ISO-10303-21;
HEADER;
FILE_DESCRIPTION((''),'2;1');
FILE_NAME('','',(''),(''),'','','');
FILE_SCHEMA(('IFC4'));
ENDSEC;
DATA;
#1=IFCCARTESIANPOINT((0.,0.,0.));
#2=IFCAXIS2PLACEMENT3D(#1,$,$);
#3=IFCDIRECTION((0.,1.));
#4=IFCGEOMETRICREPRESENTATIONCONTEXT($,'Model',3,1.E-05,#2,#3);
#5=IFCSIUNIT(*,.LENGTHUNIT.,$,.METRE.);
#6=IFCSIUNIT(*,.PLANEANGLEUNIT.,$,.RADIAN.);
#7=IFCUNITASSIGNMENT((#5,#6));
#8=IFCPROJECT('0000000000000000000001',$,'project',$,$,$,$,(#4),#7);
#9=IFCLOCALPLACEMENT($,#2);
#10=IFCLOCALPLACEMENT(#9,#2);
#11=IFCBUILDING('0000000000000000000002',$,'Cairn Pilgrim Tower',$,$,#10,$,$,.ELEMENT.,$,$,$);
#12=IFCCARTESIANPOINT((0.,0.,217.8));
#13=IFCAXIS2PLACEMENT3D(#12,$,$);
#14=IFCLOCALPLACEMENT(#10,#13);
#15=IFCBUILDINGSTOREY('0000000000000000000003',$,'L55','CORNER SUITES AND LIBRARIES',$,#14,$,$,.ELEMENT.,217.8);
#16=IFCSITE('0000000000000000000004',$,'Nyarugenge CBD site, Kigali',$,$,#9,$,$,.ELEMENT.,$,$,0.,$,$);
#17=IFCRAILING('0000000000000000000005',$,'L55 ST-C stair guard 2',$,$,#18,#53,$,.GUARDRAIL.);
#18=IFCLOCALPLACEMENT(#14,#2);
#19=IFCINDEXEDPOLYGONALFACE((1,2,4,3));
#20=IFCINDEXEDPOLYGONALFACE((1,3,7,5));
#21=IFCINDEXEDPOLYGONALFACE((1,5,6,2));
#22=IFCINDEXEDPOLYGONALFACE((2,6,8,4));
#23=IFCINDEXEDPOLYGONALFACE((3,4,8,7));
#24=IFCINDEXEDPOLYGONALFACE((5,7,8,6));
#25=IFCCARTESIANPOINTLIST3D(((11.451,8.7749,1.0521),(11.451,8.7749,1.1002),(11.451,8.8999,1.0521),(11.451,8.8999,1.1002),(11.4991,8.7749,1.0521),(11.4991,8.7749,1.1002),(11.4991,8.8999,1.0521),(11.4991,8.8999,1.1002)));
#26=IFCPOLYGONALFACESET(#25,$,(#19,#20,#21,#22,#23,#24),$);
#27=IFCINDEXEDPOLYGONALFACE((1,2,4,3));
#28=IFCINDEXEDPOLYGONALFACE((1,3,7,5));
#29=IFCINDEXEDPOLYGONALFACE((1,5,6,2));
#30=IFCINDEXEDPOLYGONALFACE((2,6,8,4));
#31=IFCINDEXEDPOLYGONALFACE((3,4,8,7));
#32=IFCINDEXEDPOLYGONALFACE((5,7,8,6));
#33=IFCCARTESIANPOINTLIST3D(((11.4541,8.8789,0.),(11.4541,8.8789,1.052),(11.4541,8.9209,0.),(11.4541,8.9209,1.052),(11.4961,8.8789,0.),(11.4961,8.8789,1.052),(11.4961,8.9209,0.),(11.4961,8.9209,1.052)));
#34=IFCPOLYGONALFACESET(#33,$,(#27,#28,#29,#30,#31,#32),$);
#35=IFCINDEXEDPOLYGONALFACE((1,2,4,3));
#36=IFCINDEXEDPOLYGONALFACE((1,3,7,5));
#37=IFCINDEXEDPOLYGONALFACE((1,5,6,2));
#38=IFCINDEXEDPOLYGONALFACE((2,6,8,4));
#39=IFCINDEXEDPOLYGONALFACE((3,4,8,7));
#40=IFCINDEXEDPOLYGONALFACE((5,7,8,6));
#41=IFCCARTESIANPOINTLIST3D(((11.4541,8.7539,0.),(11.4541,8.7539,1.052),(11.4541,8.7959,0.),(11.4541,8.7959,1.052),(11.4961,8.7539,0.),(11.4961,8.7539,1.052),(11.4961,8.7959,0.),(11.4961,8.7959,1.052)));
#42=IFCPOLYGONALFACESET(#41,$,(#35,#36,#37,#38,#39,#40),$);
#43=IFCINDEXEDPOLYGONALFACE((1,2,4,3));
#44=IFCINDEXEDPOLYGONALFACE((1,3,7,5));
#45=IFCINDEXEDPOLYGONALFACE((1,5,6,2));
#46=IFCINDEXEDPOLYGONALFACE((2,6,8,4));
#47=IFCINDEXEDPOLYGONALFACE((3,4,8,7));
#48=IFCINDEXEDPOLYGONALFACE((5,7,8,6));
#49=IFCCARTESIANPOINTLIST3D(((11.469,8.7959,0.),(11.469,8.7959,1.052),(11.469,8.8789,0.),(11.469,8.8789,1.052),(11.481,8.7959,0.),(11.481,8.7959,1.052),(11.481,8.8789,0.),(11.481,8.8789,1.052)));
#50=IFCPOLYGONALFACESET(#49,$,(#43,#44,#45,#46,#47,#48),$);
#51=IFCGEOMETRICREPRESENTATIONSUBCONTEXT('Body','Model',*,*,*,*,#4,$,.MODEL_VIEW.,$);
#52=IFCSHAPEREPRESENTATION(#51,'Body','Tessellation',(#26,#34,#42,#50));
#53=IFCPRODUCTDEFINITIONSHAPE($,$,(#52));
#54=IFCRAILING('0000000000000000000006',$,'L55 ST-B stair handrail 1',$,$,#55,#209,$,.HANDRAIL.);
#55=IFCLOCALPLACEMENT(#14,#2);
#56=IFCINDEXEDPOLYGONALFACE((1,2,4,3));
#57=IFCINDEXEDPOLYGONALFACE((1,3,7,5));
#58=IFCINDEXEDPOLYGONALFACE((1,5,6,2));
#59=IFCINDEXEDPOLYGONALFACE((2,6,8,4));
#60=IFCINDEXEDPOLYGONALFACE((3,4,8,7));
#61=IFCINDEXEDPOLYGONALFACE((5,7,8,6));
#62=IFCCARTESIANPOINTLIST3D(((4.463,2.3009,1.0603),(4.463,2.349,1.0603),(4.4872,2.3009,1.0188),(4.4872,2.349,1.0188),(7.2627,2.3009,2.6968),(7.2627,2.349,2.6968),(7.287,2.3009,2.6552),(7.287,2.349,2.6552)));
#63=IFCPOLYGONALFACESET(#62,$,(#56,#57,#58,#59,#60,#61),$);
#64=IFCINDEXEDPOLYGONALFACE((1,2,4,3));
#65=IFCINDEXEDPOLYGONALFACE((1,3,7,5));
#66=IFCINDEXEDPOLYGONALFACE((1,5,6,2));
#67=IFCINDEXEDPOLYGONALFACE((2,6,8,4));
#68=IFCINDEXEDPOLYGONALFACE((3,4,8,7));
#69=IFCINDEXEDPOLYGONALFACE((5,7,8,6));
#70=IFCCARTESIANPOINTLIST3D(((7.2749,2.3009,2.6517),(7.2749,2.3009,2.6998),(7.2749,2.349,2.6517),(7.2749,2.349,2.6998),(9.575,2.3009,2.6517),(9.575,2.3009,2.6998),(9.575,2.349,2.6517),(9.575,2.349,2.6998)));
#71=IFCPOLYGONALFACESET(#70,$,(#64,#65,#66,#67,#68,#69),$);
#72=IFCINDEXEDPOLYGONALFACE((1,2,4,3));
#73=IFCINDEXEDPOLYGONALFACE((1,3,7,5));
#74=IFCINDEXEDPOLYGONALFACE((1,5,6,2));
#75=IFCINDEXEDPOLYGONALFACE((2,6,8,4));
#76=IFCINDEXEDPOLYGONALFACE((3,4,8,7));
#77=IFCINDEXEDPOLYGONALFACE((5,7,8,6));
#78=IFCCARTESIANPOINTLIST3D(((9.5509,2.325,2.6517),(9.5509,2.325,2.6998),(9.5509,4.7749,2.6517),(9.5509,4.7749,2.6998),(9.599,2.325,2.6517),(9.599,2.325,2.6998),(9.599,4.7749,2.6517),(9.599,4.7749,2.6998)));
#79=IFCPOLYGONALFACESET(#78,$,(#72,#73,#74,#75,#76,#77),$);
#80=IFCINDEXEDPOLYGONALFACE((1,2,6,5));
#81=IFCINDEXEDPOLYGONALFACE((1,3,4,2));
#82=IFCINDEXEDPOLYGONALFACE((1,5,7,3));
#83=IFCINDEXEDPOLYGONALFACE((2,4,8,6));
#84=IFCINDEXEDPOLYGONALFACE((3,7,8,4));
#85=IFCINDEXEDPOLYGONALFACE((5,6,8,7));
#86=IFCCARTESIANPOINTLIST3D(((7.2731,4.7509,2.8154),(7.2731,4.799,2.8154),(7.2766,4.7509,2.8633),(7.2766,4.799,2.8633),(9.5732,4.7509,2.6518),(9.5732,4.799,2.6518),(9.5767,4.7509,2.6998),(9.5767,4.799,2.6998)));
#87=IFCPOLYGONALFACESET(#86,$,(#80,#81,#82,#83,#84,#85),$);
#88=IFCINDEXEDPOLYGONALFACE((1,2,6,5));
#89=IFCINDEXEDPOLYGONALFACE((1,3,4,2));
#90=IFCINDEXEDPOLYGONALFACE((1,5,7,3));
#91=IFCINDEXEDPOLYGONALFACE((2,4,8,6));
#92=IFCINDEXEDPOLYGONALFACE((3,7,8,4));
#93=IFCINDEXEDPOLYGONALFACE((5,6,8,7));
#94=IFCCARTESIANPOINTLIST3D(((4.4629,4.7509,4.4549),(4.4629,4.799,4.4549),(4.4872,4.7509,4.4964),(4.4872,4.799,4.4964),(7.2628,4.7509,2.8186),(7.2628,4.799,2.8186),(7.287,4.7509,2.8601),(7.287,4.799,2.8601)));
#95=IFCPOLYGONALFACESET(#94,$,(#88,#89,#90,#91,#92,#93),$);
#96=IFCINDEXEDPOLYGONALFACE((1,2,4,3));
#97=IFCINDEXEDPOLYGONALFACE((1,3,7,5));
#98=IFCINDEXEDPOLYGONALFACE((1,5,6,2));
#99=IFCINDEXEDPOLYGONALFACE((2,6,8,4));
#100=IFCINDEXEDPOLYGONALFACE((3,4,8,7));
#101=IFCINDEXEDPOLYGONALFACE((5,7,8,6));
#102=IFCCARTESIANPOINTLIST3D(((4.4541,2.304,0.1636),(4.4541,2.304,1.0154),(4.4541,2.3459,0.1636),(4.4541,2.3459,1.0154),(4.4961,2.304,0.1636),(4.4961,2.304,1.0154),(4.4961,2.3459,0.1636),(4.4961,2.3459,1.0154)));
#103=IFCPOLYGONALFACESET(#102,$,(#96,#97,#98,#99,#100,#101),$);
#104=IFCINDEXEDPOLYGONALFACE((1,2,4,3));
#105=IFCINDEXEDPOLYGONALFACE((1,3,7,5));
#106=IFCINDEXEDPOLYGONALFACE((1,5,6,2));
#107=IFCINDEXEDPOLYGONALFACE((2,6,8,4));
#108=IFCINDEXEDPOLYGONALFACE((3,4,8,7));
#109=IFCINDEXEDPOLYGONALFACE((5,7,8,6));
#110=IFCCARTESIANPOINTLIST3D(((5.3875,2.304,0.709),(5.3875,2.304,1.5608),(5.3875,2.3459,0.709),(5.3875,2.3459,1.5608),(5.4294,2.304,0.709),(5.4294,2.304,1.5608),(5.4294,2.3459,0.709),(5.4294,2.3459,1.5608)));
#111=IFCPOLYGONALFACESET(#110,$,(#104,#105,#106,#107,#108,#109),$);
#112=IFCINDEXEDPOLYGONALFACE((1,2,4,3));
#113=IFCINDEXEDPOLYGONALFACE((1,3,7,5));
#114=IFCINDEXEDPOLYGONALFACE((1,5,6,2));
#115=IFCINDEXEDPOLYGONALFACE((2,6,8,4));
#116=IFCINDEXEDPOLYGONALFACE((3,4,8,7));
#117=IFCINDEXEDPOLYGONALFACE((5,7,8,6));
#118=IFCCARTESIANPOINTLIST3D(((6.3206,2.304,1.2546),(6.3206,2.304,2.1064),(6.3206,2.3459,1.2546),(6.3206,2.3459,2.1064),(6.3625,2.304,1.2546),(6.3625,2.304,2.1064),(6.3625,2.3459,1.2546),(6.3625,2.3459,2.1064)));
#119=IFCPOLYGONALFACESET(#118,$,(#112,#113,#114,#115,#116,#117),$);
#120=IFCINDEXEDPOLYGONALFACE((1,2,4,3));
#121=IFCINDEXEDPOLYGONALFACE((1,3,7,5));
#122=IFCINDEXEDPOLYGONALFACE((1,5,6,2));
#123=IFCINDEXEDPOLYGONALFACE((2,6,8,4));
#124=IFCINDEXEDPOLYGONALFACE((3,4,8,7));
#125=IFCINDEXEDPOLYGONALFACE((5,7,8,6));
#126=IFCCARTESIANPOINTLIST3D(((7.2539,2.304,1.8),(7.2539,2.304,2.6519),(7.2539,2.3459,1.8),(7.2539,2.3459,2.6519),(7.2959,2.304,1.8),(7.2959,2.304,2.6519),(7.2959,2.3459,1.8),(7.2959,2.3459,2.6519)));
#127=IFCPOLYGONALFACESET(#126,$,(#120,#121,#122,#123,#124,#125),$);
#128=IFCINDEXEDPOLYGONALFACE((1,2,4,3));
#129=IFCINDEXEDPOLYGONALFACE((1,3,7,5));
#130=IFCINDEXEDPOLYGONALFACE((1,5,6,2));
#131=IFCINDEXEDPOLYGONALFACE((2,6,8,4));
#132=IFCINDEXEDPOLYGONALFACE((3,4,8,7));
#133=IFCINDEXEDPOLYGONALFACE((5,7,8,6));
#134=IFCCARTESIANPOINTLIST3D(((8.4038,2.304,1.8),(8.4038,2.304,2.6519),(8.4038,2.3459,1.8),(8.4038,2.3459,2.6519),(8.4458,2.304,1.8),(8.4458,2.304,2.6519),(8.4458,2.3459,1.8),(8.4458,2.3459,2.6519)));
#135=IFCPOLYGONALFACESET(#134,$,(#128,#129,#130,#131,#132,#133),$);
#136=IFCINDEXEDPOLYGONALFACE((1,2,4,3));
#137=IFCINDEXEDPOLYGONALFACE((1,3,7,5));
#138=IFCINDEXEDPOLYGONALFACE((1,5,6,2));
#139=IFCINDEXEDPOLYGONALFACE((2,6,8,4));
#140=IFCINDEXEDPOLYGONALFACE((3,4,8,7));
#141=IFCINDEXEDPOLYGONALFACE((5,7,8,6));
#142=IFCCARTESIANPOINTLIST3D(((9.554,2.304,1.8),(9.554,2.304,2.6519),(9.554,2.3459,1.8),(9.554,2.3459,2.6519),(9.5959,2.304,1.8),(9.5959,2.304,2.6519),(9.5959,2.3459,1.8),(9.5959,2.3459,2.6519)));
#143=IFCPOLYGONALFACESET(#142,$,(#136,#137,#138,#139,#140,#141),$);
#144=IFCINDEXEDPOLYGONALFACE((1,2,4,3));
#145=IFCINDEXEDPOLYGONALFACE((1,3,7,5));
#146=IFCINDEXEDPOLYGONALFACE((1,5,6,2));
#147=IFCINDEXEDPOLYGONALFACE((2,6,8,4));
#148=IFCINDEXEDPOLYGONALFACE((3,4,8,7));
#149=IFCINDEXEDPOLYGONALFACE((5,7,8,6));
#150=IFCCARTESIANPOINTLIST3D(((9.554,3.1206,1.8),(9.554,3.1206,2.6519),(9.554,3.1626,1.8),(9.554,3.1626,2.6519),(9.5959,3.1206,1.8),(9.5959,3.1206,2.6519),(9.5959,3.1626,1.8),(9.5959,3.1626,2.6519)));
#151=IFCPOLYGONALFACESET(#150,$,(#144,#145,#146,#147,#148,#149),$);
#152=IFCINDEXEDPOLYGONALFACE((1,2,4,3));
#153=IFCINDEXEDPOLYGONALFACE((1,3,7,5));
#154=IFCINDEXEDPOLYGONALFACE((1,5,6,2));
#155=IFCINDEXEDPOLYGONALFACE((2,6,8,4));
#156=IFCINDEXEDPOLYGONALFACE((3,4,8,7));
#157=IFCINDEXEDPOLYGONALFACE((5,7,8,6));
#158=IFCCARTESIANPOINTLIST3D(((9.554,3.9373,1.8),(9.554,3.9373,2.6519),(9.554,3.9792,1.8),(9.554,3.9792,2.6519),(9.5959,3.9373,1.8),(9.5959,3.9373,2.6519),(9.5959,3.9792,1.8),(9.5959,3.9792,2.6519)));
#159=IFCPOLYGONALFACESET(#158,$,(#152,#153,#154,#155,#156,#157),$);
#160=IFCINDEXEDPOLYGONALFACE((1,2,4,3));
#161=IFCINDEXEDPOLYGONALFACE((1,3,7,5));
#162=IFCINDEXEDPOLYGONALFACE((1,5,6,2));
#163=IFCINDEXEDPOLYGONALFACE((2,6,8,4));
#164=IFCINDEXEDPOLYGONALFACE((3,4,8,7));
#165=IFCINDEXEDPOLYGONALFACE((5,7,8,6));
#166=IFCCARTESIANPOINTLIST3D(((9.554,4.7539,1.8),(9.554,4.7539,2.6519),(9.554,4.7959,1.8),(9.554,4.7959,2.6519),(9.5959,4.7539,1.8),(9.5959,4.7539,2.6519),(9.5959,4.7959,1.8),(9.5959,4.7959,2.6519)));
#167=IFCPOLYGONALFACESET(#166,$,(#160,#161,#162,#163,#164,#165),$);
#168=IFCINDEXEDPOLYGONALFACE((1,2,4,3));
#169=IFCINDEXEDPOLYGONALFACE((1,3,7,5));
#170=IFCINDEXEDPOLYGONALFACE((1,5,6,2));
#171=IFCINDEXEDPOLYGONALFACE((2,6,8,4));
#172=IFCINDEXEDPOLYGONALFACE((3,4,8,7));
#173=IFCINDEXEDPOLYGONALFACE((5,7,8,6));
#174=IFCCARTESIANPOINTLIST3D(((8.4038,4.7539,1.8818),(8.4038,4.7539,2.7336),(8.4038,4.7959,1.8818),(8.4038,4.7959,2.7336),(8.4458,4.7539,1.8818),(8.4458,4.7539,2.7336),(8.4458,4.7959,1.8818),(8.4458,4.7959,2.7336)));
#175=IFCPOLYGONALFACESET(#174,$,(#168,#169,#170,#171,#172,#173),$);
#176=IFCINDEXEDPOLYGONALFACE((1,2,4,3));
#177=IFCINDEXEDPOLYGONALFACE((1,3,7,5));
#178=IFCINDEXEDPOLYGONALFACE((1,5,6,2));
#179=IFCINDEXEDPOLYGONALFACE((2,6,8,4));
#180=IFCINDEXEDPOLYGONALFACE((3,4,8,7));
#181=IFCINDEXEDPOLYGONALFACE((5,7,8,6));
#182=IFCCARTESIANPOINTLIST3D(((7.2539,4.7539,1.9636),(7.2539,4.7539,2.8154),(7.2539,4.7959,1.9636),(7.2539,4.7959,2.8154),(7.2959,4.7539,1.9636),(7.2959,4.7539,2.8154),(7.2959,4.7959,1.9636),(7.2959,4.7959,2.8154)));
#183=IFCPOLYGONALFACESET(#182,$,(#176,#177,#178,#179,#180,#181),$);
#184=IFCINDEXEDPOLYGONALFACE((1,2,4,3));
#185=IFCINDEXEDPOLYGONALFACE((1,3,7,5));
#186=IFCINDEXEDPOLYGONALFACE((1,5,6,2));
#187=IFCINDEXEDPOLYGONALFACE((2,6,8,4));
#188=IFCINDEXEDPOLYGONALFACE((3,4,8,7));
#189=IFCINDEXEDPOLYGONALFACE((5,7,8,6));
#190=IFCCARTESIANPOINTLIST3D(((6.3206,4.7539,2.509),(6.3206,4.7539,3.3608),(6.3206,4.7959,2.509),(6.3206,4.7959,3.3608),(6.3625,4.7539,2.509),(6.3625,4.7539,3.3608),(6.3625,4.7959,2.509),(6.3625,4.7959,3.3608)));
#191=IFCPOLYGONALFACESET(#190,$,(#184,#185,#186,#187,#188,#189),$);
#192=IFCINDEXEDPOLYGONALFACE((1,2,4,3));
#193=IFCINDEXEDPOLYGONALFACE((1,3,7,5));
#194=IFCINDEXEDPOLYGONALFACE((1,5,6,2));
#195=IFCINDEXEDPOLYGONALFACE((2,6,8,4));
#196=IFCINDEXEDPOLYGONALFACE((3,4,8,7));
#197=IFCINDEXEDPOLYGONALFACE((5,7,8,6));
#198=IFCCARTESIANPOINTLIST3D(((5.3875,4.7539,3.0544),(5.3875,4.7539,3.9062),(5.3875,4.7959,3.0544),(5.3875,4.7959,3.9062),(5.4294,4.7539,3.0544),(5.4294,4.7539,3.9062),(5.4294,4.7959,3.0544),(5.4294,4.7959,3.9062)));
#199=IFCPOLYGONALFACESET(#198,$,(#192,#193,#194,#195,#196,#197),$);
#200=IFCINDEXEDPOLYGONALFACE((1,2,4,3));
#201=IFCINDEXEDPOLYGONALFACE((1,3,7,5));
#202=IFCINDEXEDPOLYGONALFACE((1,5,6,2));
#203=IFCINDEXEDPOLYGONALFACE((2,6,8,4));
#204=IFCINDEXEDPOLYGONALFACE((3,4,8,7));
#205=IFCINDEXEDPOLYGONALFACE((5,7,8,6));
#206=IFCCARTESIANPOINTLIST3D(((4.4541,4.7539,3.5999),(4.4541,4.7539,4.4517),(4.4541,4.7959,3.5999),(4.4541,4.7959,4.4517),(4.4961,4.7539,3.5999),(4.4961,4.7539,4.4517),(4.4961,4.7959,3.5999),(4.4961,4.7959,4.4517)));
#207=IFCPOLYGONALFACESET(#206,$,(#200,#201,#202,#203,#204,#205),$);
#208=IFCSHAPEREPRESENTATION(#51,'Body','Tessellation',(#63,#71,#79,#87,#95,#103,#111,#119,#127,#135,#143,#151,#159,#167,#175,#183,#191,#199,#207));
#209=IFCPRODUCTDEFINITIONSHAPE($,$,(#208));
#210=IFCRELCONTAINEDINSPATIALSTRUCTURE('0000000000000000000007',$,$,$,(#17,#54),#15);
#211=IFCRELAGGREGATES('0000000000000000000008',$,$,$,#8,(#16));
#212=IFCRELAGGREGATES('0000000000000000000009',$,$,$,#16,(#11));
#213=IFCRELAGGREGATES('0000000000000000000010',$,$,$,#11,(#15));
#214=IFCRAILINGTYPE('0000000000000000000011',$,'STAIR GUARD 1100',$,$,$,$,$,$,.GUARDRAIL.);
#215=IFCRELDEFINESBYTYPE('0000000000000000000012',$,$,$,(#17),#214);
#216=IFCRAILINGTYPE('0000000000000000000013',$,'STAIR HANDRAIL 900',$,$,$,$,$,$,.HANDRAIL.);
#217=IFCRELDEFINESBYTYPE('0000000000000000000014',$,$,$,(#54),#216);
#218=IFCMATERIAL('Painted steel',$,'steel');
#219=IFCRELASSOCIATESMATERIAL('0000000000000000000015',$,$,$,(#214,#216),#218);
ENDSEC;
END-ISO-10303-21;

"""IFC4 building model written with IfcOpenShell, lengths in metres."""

from ifc_helpers import new_model, si_unit, direction, frame, origin, origin_2d, place, context, subcontext, project, spatial, polyline, rectangle, outline, extrude, material, type_object, element, save


model = new_model("IFC4")

# Units and contexts
model_context = context("Model", 3, precision=1e-05, world=origin(), true_north=direction((0.0, 1.0)))
body_context = subcontext(model_context, "Body", "Model", "MODEL_VIEW")
ifc_project = project(units=[si_unit("LENGTHUNIT", "METRE"), si_unit("PLANEANGLEUNIT", "RADIAN")], contexts=[model_context])

# Site, building, storey
site_placement = place(None, origin())
site = spatial("IfcSite", under=ifc_project, at=site_placement, Name="Nyarugenge CBD site, Kigali", CompositionType="ELEMENT", RefElevation=0.0)
building_placement = place(site_placement, origin())
building = spatial("IfcBuilding", under=site, at=building_placement, Name="Cairn Pilgrim Tower", CompositionType="ELEMENT")
storey_placement = place(building_placement, frame((0.0, 0.0, 217.8)))
storey = spatial("IfcBuildingStorey", under=building, at=storey_placement, Name="L55", Description="CORNER SUITES AND LIBRARIES", CompositionType="ELEMENT", Elevation=217.8)

# Shared definitions
ifc_material_1 = material(Name="Painted steel", Category="steel")

# Railings
railing_type_1 = type_object("IfcRailingType", Name="STAIR GUARD 1100", PredefinedType="GUARDRAIL", material=ifc_material_1)
railing_1_placement = place(storey_placement, frame((11.4751, 8.8999, 0.0)))
element("IfcRailing", 1, at=railing_1_placement, inside=storey, type_object=railing_type_1, Name="L55 ST-C stair guard 2", PredefinedType="GUARDRAIL", context=body_context, shape_type="SweptSolid", body=[
    extrude(rectangle(XDim=0.0481, YDim=0.0481, at=origin_2d()), frame((0.0, 0.0, 1.0762), z_axis=(0.0, -1.0, 0.0), x_axis=(1.0, 0.0, 0.0)), (0.0, 0.0, 1.0), 0.125),
    extrude(rectangle(XDim=0.042, YDim=0.042, at=origin_2d()), origin(), (0.0, 0.0, 1.0), 1.052),
    extrude(rectangle(XDim=0.042, YDim=0.042, at=origin_2d()), frame((0.0, -0.125, 0.0)), (0.0, 0.0, 1.0), 1.052),
    extrude(outline(polyline([(0.021, 0.0), (0.104, 0.0), (0.104, 1.052), (0.021, 1.052), (0.021, 0.0)])), frame((0.0059, 0.0, 0.0), z_axis=(-1.0, 0.0, 0.0), x_axis=(0.0, -1.0, 0.0)), (0.0, 0.0, 1.0), 0.012),
])
railing_type_2 = type_object("IfcRailingType", Name="STAIR HANDRAIL 900", PredefinedType="HANDRAIL", material=ifc_material_1)
railing_2_placement = place(storey_placement, frame((4.4751, 2.325, 0.1636)))
element("IfcRailing", 2, at=railing_2_placement, inside=storey, type_object=railing_type_2, Name="L55 ST-B stair handrail 1", PredefinedType="HANDRAIL", context=body_context, shape_type="SweptSolid", body=[
    extrude(rectangle(XDim=0.0481, YDim=0.0481, at=origin_2d()), frame((0.0, 0.0, 0.876), z_axis=(0.863342, 0.0, 0.50462), x_axis=(0.0, 1.0, 0.0)), (0.0, 0.0, 1.0), 3.2429),
    extrude(rectangle(XDim=0.0481, YDim=0.0481, at=origin_2d()), frame((2.7998, 0.0, 2.5122), z_axis=(1.0, 0.0, 0.0), x_axis=(0.0, 1.0, 0.0)), (0.0, 0.0, 1.0), 2.3),
    extrude(rectangle(XDim=0.0481, YDim=0.0481, at=origin_2d()), frame((5.0999, 0.0, 2.5122), z_axis=(0.0, 1.0, 0.0), x_axis=(-1.0, 0.0, 0.0)), (0.0, 0.0, 1.0), 2.45),
    extrude(rectangle(XDim=0.0481, YDim=0.0481, at=origin_2d()), frame((5.0999, 2.45, 2.5122), z_axis=(-0.997481, 0.0, 0.070939), x_axis=(0.0, -1.0, 0.0)), (0.0, 0.0, 1.0), 2.3059),
    extrude(rectangle(XDim=0.0481, YDim=0.0481, at=origin_2d()), frame((2.7998, 2.45, 2.6758), z_axis=(-0.863374, 0.0, 0.504564), x_axis=(0.0, -1.0, 0.0)), (0.0, 0.0, 1.0), 3.2429),
    extrude(rectangle(XDim=0.042, YDim=0.042, at=origin_2d()), origin(), (0.0, 0.0, 1.0), 0.8518),
    extrude(rectangle(XDim=0.042, YDim=0.042, at=origin_2d()), frame((0.9333, 0.0, 0.5454)), (0.0, 0.0, 1.0), 0.8518),
    extrude(rectangle(XDim=0.042, YDim=0.042, at=origin_2d()), frame((1.8665, 0.0, 1.0911)), (0.0, 0.0, 1.0), 0.8518),
    extrude(rectangle(XDim=0.042, YDim=0.042, at=origin_2d()), frame((2.7998, 0.0, 1.6365)), (0.0, 0.0, 1.0), 0.8518),
    extrude(rectangle(XDim=0.042, YDim=0.042, at=origin_2d()), frame((3.9497, 0.0, 1.6365)), (0.0, 0.0, 1.0), 0.8518),
    extrude(rectangle(XDim=0.042, YDim=0.042, at=origin_2d()), frame((5.0999, 0.0, 1.6365)), (0.0, 0.0, 1.0), 0.8518),
    extrude(rectangle(XDim=0.042, YDim=0.042, at=origin_2d()), frame((5.0999, 0.8167, 1.6365)), (0.0, 0.0, 1.0), 0.8518),
    extrude(rectangle(XDim=0.042, YDim=0.042, at=origin_2d()), frame((5.0999, 1.6333, 1.6365)), (0.0, 0.0, 1.0), 0.8518),
    extrude(rectangle(XDim=0.042, YDim=0.042, at=origin_2d()), frame((5.0999, 2.45, 1.6365)), (0.0, 0.0, 1.0), 0.8518),
    extrude(rectangle(XDim=0.042, YDim=0.042, at=origin_2d()), frame((3.9497, 2.45, 1.7183)), (0.0, 0.0, 1.0), 0.8518),
    extrude(rectangle(XDim=0.042, YDim=0.042, at=origin_2d()), frame((2.7998, 2.45, 1.8)), (0.0, 0.0, 1.0), 0.8518),
    extrude(rectangle(XDim=0.042, YDim=0.042, at=origin_2d()), frame((1.8665, 2.45, 2.3455)), (0.0, 0.0, 1.0), 0.8518),
    extrude(rectangle(XDim=0.042, YDim=0.042, at=origin_2d()), frame((0.9333, 2.45, 2.8909)), (0.0, 0.0, 1.0), 0.8518),
    extrude(rectangle(XDim=0.042, YDim=0.042, at=origin_2d()), frame((0.0, 2.45, 3.4363)), (0.0, 0.0, 1.0), 0.8518),
])

save(model, "model.ifc")
